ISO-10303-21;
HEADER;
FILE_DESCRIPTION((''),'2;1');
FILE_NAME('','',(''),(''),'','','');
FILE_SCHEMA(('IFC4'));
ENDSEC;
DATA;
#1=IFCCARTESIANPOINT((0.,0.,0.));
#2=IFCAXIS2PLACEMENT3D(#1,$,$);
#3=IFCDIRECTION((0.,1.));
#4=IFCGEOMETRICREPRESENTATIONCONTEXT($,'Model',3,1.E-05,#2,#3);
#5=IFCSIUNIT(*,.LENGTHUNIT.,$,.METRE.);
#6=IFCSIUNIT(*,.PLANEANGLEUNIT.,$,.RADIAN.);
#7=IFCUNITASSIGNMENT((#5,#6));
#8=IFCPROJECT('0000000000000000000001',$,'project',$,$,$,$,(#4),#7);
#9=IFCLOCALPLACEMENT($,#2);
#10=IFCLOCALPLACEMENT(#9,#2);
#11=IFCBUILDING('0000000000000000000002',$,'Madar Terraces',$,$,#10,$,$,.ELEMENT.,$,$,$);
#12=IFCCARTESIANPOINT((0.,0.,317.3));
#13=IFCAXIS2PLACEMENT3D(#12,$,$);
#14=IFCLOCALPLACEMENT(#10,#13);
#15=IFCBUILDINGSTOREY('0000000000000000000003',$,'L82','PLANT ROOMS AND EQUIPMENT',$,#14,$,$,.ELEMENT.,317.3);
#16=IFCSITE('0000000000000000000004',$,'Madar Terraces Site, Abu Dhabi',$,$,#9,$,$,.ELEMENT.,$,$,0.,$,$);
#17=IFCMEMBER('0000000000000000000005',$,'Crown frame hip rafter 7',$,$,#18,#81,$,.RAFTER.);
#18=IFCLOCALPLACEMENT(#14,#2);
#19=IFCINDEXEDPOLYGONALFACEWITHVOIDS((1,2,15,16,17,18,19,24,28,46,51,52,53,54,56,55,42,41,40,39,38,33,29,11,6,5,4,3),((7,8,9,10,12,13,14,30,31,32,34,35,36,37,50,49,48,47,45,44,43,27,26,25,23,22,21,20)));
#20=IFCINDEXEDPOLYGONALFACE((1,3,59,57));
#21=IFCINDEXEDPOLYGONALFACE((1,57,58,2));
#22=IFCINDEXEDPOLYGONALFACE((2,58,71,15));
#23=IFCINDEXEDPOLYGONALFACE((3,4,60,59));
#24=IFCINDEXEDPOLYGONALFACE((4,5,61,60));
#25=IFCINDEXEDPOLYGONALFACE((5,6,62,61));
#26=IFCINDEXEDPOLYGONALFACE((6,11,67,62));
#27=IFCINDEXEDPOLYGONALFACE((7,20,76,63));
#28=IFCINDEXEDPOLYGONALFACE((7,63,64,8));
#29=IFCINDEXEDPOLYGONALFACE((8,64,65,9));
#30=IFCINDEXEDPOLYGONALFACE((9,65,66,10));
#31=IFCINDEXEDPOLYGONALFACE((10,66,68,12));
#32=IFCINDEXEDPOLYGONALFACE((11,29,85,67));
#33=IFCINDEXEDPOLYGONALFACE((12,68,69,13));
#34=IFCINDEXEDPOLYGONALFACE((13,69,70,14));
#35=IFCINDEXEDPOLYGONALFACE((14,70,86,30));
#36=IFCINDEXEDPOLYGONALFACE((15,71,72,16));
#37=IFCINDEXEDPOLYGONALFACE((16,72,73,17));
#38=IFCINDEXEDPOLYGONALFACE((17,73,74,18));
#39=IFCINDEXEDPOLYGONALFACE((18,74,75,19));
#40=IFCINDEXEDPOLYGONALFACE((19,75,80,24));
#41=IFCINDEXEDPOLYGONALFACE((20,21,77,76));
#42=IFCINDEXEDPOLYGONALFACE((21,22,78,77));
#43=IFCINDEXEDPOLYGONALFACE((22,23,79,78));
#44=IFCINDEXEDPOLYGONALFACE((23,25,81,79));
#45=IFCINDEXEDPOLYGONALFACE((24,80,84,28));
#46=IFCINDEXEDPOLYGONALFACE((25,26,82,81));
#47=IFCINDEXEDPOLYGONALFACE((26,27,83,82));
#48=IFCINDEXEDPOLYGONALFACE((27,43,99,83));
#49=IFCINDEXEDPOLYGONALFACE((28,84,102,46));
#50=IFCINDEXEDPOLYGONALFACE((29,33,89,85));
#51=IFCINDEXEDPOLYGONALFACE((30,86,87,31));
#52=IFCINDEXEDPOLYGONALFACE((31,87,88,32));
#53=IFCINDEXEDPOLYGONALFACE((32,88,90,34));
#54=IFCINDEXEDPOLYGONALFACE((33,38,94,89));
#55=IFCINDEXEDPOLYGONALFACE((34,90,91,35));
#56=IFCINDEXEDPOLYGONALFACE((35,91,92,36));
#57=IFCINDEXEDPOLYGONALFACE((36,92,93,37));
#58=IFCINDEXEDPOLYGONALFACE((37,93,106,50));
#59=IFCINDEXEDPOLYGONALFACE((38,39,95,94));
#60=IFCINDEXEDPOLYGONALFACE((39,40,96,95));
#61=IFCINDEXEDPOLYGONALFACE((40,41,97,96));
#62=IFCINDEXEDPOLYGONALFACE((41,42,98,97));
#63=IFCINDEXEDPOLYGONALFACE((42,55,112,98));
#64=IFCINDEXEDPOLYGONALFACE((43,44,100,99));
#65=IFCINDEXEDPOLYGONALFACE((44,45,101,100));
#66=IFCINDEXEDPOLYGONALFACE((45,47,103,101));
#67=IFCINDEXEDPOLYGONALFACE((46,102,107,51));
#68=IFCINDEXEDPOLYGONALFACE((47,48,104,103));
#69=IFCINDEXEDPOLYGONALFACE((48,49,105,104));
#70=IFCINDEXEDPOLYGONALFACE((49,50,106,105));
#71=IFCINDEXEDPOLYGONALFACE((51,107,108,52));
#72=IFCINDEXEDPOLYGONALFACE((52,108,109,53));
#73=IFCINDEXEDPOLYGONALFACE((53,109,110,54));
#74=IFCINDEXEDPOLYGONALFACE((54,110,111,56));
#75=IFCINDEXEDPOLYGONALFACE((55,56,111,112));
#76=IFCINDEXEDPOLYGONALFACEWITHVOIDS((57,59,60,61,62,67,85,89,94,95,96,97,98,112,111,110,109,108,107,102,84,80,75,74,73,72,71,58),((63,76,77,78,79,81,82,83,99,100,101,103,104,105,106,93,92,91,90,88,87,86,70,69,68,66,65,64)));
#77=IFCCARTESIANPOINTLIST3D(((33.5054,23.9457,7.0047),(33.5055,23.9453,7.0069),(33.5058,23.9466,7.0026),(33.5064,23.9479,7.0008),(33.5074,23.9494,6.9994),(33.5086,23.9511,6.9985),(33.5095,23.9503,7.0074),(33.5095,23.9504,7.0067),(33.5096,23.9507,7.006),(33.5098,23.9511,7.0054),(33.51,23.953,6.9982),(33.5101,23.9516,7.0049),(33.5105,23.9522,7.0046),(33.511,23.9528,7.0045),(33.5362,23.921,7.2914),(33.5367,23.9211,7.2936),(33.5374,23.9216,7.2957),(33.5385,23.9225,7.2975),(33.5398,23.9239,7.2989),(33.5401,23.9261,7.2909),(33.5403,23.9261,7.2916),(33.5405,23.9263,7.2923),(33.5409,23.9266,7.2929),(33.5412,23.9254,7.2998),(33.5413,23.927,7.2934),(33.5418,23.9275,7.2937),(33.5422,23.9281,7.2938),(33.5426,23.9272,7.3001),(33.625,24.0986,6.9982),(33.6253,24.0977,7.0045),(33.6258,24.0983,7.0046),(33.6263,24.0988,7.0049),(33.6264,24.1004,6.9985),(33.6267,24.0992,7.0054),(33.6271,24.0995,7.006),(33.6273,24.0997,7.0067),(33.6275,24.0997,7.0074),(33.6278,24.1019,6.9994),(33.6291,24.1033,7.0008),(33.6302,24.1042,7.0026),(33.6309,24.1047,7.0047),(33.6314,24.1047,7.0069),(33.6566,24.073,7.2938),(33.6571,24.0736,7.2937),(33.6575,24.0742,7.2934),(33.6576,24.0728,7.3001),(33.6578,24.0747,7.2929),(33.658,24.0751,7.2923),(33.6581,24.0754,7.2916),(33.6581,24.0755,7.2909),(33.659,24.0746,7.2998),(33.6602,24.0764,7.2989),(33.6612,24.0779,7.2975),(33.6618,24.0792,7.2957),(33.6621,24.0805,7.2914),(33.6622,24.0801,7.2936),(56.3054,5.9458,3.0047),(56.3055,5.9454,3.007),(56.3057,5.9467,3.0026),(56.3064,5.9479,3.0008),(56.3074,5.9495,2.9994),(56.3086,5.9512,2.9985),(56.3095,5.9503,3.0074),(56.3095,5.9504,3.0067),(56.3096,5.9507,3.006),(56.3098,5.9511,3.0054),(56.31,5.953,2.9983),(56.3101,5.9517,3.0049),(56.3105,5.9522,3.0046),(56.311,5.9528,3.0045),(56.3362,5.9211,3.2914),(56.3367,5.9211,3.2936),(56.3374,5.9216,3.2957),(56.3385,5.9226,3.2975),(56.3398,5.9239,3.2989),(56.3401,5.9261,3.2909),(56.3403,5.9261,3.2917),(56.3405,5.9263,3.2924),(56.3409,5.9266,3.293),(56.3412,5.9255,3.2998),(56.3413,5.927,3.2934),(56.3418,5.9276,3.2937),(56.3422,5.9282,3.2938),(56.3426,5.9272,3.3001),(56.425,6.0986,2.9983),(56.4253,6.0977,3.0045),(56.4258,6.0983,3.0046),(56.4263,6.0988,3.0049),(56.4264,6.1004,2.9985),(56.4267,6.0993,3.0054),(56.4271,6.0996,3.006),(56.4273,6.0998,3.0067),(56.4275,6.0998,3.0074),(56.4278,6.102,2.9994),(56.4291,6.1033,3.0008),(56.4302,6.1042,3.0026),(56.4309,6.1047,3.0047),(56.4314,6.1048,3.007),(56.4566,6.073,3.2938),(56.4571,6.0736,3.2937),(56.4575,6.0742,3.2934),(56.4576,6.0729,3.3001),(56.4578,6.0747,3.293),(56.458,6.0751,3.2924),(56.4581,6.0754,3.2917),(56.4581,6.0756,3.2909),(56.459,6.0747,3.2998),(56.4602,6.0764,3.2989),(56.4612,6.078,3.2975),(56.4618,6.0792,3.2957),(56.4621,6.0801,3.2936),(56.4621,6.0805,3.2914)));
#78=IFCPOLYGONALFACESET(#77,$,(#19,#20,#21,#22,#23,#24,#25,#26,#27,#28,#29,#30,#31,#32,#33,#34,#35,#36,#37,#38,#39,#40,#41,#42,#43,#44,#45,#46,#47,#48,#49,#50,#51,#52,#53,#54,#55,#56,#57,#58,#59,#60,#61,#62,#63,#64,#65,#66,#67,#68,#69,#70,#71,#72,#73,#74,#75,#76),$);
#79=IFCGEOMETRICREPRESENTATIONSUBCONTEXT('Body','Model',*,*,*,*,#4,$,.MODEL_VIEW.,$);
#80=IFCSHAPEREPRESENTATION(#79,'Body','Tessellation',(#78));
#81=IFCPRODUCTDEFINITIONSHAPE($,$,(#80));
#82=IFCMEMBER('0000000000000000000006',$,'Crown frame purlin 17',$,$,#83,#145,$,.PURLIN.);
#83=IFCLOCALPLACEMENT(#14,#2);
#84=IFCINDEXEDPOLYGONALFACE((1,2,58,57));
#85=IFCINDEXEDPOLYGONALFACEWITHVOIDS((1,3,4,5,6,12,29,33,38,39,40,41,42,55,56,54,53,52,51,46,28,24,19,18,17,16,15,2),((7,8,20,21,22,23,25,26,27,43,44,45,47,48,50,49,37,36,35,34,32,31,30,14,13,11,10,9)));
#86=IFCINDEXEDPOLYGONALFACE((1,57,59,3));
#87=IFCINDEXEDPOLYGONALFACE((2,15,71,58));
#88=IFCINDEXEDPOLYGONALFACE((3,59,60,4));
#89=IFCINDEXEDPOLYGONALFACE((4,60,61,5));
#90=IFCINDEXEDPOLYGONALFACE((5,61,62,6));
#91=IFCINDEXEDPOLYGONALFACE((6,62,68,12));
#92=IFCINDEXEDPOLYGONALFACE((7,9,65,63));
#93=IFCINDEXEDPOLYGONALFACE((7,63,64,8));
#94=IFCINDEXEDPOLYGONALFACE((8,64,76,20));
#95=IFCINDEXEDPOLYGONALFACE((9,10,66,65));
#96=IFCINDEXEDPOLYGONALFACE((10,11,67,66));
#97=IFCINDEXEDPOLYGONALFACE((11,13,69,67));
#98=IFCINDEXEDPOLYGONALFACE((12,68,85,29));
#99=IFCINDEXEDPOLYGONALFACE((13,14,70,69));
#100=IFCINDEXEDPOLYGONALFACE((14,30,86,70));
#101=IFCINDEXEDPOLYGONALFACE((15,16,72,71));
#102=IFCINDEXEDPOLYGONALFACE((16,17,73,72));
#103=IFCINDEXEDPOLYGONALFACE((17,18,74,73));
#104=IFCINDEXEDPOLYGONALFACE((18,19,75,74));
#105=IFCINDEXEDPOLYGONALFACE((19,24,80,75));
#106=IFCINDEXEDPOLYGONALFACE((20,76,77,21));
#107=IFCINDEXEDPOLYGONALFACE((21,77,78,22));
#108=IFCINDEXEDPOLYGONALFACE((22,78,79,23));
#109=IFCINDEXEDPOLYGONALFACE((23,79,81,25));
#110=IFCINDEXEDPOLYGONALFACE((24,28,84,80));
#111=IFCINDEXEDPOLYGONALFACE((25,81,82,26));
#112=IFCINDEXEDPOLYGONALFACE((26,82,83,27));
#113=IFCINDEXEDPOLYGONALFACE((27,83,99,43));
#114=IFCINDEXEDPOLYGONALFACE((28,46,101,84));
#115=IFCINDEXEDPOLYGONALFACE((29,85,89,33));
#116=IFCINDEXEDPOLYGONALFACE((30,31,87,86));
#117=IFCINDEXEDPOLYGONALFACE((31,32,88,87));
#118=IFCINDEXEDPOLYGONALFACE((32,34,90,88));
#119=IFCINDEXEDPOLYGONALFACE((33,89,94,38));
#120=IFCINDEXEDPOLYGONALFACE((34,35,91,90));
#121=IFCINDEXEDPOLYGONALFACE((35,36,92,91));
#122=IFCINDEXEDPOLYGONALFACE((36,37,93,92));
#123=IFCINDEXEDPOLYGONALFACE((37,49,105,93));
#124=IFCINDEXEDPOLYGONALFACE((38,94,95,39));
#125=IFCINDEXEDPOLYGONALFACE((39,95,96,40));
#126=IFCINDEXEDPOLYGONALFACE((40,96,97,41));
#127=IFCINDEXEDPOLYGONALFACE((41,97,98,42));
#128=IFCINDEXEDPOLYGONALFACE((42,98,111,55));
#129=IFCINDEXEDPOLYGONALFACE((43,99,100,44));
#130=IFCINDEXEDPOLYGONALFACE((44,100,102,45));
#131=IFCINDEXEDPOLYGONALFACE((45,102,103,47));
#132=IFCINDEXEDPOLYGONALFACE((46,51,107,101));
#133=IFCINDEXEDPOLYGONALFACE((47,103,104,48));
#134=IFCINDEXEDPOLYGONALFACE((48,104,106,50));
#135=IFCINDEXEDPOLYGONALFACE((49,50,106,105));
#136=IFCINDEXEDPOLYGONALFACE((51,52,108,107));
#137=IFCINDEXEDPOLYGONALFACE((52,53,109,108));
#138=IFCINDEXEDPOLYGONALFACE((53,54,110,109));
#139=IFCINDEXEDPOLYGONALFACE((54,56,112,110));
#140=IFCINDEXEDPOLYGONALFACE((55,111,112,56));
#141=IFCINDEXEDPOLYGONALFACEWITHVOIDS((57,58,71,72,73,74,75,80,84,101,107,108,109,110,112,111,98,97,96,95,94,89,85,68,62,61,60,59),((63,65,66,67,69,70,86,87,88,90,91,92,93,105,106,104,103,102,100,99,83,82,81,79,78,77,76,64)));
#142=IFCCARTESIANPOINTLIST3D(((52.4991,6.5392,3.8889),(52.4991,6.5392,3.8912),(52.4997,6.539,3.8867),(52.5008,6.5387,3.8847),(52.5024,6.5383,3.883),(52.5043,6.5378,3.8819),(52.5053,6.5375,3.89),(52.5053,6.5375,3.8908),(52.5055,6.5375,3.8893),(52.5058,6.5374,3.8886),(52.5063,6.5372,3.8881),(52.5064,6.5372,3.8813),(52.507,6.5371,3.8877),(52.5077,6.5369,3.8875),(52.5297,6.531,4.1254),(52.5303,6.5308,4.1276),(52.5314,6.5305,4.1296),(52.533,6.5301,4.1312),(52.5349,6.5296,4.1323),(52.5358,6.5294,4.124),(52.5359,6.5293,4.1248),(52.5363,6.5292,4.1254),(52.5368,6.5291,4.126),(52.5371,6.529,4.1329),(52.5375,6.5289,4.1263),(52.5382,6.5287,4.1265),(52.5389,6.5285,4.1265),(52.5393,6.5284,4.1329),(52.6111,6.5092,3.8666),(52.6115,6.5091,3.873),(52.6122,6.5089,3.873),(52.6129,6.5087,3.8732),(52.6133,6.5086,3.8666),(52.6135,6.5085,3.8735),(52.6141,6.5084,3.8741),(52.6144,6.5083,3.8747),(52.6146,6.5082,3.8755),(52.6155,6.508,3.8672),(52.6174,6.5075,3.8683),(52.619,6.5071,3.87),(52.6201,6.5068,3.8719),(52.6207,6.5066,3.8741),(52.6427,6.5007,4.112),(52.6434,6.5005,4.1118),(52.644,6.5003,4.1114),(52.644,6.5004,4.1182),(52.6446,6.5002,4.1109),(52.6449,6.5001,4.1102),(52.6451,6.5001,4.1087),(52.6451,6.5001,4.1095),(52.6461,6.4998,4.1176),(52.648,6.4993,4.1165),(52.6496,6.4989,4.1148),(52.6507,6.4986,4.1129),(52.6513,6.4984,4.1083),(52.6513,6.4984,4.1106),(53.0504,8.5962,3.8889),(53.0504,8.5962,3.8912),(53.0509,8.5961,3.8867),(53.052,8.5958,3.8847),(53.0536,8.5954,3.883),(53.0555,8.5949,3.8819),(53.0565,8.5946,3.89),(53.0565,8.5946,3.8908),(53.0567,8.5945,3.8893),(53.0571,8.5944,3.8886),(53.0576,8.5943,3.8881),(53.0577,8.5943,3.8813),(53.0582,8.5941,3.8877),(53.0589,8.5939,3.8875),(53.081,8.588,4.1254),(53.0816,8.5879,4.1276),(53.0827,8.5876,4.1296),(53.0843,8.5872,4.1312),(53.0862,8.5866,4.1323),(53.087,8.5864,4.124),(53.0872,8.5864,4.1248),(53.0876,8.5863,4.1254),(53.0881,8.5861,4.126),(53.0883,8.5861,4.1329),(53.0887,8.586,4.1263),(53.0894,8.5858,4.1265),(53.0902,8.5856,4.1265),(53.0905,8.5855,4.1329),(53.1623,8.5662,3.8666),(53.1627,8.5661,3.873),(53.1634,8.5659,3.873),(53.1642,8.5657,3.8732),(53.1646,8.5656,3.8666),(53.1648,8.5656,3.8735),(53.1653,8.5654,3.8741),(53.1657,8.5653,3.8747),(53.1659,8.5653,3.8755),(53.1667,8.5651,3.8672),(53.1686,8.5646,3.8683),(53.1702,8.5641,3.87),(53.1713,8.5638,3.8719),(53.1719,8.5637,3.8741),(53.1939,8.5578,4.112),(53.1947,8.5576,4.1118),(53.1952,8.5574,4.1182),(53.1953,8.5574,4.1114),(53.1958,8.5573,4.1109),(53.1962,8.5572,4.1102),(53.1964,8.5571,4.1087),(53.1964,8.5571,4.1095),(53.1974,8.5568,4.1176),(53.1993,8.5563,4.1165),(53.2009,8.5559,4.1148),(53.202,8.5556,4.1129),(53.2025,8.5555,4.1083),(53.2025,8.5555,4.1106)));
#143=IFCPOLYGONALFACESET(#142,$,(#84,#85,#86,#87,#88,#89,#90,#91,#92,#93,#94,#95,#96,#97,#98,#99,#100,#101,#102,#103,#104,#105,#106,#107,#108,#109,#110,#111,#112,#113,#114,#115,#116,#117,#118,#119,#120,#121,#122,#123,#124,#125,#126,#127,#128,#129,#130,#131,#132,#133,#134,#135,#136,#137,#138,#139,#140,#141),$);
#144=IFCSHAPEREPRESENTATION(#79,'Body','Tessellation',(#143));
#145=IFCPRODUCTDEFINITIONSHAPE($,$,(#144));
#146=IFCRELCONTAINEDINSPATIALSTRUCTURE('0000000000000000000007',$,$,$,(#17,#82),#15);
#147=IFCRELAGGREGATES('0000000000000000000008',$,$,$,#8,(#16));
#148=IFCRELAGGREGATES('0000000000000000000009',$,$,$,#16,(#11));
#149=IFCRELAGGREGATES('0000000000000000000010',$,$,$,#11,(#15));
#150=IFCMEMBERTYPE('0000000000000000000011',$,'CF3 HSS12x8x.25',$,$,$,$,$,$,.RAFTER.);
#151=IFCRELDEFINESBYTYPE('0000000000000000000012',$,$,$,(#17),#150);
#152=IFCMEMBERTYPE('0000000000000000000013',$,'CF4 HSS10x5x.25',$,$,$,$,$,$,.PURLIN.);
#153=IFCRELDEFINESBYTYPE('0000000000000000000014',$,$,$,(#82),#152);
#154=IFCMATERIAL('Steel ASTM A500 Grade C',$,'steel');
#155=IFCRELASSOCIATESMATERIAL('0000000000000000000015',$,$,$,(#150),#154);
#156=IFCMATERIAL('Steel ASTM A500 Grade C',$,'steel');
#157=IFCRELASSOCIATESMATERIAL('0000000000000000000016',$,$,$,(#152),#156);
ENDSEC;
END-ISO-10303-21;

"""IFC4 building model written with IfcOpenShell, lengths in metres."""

from ifc_helpers import new_model, si_unit, direction, frame, origin, origin_2d, place, context, subcontext, project, spatial, hollow_rectangle, extrude, material, material_profile, profile_set, type_object, element, save


model = new_model("IFC4")

# Units and contexts
model_context = context("Model", 3, precision=1e-05, world=origin(), true_north=direction((0.0, 1.0)))
body_context = subcontext(model_context, "Body", "Model", "MODEL_VIEW")
ifc_project = project(units=[si_unit("LENGTHUNIT", "METRE"), si_unit("PLANEANGLEUNIT", "RADIAN")], contexts=[model_context])

# Site, building, storey
site_placement = place(None, origin())
site = spatial("IfcSite", under=ifc_project, at=site_placement, Name="Madar Terraces Site, Abu Dhabi", CompositionType="ELEMENT", RefElevation=0.0)
building_placement = place(site_placement, origin())
building = spatial("IfcBuilding", under=site, at=building_placement, Name="Madar Terraces", CompositionType="ELEMENT")
storey_placement = place(building_placement, frame((0.0, 0.0, 317.3)))
storey = spatial("IfcBuildingStorey", under=building, at=storey_placement, Name="L82", Description="PLANT ROOMS AND EQUIPMENT", CompositionType="ELEMENT", Elevation=317.3)

# Members
ifc_material_1 = material(Name="Steel ASTM A500 Grade C", Category="steel")
ifc_material_profile_1 = material_profile(ifc_material_1, hollow_rectangle(XDim=0.2031, YDim=0.3047, WallThickness=0.0063, InnerFilletRadius=0.0029, OuterFilletRadius=0.0088, at=origin_2d()), Name="HSS12x8x.25")
ifc_profile_set_1 = profile_set([ifc_material_profile_1], Name="Steel ASTM A500 Grade C")
member_type_1 = type_object("IfcMemberType", Name="CF3 HSS12x8x.25", PredefinedType="RAFTER", material=ifc_profile_set_1)
member_1_placement = place(storey_placement, frame((56.3838, 6.0129, 3.1492), z_axis=(-0.777547, 0.613851, 0.136411), x_axis=(-0.619643, -0.784883, 0.0)))
element("IfcMember", 1, at=member_1_placement, inside=storey, type_object=member_type_1, Name="Crown frame hip rafter 7", PredefinedType="RAFTER", context=body_context, shape_type="SweptSolid", body=[
    extrude(hollow_rectangle(XDim=0.2031, YDim=0.3047, WallThickness=0.0063, InnerFilletRadius=0.0029, OuterFilletRadius=0.0088, at=origin_2d()), origin(), (0.0, 0.0, 1.0), 29.323),
])
ifc_material_2 = material(Name="Steel ASTM A500 Grade C", Category="steel")
ifc_material_profile_2 = material_profile(ifc_material_2, hollow_rectangle(XDim=0.127, YDim=0.2539, WallThickness=0.0063, InnerFilletRadius=0.0029, OuterFilletRadius=0.0088, at=origin_2d()), Name="HSS10x5x.25")
ifc_profile_set_2 = profile_set([ifc_material_profile_2], Name="Steel ASTM A500 Grade C")
member_type_2 = type_object("IfcMemberType", Name="CF4 HSS10x5x.25", PredefinedType="PURLIN", material=ifc_profile_set_2)
member_2_placement = place(storey_placement, frame((52.5752, 6.5188, 3.9998), z_axis=(0.258847, 0.965918, 0.0), x_axis=(-0.957196, 0.256509, 0.134086)))
element("IfcMember", 2, at=member_2_placement, inside=storey, type_object=member_type_2, Name="Crown frame purlin 17", PredefinedType="PURLIN", context=body_context, shape_type="SweptSolid", body=[
    extrude(hollow_rectangle(XDim=0.127, YDim=0.2539, WallThickness=0.0063, InnerFilletRadius=0.0029, OuterFilletRadius=0.0088, at=origin_2d()), origin(), (0.0, 0.0, 1.0), 2.1296),
])

save(model, "model.ifc")
